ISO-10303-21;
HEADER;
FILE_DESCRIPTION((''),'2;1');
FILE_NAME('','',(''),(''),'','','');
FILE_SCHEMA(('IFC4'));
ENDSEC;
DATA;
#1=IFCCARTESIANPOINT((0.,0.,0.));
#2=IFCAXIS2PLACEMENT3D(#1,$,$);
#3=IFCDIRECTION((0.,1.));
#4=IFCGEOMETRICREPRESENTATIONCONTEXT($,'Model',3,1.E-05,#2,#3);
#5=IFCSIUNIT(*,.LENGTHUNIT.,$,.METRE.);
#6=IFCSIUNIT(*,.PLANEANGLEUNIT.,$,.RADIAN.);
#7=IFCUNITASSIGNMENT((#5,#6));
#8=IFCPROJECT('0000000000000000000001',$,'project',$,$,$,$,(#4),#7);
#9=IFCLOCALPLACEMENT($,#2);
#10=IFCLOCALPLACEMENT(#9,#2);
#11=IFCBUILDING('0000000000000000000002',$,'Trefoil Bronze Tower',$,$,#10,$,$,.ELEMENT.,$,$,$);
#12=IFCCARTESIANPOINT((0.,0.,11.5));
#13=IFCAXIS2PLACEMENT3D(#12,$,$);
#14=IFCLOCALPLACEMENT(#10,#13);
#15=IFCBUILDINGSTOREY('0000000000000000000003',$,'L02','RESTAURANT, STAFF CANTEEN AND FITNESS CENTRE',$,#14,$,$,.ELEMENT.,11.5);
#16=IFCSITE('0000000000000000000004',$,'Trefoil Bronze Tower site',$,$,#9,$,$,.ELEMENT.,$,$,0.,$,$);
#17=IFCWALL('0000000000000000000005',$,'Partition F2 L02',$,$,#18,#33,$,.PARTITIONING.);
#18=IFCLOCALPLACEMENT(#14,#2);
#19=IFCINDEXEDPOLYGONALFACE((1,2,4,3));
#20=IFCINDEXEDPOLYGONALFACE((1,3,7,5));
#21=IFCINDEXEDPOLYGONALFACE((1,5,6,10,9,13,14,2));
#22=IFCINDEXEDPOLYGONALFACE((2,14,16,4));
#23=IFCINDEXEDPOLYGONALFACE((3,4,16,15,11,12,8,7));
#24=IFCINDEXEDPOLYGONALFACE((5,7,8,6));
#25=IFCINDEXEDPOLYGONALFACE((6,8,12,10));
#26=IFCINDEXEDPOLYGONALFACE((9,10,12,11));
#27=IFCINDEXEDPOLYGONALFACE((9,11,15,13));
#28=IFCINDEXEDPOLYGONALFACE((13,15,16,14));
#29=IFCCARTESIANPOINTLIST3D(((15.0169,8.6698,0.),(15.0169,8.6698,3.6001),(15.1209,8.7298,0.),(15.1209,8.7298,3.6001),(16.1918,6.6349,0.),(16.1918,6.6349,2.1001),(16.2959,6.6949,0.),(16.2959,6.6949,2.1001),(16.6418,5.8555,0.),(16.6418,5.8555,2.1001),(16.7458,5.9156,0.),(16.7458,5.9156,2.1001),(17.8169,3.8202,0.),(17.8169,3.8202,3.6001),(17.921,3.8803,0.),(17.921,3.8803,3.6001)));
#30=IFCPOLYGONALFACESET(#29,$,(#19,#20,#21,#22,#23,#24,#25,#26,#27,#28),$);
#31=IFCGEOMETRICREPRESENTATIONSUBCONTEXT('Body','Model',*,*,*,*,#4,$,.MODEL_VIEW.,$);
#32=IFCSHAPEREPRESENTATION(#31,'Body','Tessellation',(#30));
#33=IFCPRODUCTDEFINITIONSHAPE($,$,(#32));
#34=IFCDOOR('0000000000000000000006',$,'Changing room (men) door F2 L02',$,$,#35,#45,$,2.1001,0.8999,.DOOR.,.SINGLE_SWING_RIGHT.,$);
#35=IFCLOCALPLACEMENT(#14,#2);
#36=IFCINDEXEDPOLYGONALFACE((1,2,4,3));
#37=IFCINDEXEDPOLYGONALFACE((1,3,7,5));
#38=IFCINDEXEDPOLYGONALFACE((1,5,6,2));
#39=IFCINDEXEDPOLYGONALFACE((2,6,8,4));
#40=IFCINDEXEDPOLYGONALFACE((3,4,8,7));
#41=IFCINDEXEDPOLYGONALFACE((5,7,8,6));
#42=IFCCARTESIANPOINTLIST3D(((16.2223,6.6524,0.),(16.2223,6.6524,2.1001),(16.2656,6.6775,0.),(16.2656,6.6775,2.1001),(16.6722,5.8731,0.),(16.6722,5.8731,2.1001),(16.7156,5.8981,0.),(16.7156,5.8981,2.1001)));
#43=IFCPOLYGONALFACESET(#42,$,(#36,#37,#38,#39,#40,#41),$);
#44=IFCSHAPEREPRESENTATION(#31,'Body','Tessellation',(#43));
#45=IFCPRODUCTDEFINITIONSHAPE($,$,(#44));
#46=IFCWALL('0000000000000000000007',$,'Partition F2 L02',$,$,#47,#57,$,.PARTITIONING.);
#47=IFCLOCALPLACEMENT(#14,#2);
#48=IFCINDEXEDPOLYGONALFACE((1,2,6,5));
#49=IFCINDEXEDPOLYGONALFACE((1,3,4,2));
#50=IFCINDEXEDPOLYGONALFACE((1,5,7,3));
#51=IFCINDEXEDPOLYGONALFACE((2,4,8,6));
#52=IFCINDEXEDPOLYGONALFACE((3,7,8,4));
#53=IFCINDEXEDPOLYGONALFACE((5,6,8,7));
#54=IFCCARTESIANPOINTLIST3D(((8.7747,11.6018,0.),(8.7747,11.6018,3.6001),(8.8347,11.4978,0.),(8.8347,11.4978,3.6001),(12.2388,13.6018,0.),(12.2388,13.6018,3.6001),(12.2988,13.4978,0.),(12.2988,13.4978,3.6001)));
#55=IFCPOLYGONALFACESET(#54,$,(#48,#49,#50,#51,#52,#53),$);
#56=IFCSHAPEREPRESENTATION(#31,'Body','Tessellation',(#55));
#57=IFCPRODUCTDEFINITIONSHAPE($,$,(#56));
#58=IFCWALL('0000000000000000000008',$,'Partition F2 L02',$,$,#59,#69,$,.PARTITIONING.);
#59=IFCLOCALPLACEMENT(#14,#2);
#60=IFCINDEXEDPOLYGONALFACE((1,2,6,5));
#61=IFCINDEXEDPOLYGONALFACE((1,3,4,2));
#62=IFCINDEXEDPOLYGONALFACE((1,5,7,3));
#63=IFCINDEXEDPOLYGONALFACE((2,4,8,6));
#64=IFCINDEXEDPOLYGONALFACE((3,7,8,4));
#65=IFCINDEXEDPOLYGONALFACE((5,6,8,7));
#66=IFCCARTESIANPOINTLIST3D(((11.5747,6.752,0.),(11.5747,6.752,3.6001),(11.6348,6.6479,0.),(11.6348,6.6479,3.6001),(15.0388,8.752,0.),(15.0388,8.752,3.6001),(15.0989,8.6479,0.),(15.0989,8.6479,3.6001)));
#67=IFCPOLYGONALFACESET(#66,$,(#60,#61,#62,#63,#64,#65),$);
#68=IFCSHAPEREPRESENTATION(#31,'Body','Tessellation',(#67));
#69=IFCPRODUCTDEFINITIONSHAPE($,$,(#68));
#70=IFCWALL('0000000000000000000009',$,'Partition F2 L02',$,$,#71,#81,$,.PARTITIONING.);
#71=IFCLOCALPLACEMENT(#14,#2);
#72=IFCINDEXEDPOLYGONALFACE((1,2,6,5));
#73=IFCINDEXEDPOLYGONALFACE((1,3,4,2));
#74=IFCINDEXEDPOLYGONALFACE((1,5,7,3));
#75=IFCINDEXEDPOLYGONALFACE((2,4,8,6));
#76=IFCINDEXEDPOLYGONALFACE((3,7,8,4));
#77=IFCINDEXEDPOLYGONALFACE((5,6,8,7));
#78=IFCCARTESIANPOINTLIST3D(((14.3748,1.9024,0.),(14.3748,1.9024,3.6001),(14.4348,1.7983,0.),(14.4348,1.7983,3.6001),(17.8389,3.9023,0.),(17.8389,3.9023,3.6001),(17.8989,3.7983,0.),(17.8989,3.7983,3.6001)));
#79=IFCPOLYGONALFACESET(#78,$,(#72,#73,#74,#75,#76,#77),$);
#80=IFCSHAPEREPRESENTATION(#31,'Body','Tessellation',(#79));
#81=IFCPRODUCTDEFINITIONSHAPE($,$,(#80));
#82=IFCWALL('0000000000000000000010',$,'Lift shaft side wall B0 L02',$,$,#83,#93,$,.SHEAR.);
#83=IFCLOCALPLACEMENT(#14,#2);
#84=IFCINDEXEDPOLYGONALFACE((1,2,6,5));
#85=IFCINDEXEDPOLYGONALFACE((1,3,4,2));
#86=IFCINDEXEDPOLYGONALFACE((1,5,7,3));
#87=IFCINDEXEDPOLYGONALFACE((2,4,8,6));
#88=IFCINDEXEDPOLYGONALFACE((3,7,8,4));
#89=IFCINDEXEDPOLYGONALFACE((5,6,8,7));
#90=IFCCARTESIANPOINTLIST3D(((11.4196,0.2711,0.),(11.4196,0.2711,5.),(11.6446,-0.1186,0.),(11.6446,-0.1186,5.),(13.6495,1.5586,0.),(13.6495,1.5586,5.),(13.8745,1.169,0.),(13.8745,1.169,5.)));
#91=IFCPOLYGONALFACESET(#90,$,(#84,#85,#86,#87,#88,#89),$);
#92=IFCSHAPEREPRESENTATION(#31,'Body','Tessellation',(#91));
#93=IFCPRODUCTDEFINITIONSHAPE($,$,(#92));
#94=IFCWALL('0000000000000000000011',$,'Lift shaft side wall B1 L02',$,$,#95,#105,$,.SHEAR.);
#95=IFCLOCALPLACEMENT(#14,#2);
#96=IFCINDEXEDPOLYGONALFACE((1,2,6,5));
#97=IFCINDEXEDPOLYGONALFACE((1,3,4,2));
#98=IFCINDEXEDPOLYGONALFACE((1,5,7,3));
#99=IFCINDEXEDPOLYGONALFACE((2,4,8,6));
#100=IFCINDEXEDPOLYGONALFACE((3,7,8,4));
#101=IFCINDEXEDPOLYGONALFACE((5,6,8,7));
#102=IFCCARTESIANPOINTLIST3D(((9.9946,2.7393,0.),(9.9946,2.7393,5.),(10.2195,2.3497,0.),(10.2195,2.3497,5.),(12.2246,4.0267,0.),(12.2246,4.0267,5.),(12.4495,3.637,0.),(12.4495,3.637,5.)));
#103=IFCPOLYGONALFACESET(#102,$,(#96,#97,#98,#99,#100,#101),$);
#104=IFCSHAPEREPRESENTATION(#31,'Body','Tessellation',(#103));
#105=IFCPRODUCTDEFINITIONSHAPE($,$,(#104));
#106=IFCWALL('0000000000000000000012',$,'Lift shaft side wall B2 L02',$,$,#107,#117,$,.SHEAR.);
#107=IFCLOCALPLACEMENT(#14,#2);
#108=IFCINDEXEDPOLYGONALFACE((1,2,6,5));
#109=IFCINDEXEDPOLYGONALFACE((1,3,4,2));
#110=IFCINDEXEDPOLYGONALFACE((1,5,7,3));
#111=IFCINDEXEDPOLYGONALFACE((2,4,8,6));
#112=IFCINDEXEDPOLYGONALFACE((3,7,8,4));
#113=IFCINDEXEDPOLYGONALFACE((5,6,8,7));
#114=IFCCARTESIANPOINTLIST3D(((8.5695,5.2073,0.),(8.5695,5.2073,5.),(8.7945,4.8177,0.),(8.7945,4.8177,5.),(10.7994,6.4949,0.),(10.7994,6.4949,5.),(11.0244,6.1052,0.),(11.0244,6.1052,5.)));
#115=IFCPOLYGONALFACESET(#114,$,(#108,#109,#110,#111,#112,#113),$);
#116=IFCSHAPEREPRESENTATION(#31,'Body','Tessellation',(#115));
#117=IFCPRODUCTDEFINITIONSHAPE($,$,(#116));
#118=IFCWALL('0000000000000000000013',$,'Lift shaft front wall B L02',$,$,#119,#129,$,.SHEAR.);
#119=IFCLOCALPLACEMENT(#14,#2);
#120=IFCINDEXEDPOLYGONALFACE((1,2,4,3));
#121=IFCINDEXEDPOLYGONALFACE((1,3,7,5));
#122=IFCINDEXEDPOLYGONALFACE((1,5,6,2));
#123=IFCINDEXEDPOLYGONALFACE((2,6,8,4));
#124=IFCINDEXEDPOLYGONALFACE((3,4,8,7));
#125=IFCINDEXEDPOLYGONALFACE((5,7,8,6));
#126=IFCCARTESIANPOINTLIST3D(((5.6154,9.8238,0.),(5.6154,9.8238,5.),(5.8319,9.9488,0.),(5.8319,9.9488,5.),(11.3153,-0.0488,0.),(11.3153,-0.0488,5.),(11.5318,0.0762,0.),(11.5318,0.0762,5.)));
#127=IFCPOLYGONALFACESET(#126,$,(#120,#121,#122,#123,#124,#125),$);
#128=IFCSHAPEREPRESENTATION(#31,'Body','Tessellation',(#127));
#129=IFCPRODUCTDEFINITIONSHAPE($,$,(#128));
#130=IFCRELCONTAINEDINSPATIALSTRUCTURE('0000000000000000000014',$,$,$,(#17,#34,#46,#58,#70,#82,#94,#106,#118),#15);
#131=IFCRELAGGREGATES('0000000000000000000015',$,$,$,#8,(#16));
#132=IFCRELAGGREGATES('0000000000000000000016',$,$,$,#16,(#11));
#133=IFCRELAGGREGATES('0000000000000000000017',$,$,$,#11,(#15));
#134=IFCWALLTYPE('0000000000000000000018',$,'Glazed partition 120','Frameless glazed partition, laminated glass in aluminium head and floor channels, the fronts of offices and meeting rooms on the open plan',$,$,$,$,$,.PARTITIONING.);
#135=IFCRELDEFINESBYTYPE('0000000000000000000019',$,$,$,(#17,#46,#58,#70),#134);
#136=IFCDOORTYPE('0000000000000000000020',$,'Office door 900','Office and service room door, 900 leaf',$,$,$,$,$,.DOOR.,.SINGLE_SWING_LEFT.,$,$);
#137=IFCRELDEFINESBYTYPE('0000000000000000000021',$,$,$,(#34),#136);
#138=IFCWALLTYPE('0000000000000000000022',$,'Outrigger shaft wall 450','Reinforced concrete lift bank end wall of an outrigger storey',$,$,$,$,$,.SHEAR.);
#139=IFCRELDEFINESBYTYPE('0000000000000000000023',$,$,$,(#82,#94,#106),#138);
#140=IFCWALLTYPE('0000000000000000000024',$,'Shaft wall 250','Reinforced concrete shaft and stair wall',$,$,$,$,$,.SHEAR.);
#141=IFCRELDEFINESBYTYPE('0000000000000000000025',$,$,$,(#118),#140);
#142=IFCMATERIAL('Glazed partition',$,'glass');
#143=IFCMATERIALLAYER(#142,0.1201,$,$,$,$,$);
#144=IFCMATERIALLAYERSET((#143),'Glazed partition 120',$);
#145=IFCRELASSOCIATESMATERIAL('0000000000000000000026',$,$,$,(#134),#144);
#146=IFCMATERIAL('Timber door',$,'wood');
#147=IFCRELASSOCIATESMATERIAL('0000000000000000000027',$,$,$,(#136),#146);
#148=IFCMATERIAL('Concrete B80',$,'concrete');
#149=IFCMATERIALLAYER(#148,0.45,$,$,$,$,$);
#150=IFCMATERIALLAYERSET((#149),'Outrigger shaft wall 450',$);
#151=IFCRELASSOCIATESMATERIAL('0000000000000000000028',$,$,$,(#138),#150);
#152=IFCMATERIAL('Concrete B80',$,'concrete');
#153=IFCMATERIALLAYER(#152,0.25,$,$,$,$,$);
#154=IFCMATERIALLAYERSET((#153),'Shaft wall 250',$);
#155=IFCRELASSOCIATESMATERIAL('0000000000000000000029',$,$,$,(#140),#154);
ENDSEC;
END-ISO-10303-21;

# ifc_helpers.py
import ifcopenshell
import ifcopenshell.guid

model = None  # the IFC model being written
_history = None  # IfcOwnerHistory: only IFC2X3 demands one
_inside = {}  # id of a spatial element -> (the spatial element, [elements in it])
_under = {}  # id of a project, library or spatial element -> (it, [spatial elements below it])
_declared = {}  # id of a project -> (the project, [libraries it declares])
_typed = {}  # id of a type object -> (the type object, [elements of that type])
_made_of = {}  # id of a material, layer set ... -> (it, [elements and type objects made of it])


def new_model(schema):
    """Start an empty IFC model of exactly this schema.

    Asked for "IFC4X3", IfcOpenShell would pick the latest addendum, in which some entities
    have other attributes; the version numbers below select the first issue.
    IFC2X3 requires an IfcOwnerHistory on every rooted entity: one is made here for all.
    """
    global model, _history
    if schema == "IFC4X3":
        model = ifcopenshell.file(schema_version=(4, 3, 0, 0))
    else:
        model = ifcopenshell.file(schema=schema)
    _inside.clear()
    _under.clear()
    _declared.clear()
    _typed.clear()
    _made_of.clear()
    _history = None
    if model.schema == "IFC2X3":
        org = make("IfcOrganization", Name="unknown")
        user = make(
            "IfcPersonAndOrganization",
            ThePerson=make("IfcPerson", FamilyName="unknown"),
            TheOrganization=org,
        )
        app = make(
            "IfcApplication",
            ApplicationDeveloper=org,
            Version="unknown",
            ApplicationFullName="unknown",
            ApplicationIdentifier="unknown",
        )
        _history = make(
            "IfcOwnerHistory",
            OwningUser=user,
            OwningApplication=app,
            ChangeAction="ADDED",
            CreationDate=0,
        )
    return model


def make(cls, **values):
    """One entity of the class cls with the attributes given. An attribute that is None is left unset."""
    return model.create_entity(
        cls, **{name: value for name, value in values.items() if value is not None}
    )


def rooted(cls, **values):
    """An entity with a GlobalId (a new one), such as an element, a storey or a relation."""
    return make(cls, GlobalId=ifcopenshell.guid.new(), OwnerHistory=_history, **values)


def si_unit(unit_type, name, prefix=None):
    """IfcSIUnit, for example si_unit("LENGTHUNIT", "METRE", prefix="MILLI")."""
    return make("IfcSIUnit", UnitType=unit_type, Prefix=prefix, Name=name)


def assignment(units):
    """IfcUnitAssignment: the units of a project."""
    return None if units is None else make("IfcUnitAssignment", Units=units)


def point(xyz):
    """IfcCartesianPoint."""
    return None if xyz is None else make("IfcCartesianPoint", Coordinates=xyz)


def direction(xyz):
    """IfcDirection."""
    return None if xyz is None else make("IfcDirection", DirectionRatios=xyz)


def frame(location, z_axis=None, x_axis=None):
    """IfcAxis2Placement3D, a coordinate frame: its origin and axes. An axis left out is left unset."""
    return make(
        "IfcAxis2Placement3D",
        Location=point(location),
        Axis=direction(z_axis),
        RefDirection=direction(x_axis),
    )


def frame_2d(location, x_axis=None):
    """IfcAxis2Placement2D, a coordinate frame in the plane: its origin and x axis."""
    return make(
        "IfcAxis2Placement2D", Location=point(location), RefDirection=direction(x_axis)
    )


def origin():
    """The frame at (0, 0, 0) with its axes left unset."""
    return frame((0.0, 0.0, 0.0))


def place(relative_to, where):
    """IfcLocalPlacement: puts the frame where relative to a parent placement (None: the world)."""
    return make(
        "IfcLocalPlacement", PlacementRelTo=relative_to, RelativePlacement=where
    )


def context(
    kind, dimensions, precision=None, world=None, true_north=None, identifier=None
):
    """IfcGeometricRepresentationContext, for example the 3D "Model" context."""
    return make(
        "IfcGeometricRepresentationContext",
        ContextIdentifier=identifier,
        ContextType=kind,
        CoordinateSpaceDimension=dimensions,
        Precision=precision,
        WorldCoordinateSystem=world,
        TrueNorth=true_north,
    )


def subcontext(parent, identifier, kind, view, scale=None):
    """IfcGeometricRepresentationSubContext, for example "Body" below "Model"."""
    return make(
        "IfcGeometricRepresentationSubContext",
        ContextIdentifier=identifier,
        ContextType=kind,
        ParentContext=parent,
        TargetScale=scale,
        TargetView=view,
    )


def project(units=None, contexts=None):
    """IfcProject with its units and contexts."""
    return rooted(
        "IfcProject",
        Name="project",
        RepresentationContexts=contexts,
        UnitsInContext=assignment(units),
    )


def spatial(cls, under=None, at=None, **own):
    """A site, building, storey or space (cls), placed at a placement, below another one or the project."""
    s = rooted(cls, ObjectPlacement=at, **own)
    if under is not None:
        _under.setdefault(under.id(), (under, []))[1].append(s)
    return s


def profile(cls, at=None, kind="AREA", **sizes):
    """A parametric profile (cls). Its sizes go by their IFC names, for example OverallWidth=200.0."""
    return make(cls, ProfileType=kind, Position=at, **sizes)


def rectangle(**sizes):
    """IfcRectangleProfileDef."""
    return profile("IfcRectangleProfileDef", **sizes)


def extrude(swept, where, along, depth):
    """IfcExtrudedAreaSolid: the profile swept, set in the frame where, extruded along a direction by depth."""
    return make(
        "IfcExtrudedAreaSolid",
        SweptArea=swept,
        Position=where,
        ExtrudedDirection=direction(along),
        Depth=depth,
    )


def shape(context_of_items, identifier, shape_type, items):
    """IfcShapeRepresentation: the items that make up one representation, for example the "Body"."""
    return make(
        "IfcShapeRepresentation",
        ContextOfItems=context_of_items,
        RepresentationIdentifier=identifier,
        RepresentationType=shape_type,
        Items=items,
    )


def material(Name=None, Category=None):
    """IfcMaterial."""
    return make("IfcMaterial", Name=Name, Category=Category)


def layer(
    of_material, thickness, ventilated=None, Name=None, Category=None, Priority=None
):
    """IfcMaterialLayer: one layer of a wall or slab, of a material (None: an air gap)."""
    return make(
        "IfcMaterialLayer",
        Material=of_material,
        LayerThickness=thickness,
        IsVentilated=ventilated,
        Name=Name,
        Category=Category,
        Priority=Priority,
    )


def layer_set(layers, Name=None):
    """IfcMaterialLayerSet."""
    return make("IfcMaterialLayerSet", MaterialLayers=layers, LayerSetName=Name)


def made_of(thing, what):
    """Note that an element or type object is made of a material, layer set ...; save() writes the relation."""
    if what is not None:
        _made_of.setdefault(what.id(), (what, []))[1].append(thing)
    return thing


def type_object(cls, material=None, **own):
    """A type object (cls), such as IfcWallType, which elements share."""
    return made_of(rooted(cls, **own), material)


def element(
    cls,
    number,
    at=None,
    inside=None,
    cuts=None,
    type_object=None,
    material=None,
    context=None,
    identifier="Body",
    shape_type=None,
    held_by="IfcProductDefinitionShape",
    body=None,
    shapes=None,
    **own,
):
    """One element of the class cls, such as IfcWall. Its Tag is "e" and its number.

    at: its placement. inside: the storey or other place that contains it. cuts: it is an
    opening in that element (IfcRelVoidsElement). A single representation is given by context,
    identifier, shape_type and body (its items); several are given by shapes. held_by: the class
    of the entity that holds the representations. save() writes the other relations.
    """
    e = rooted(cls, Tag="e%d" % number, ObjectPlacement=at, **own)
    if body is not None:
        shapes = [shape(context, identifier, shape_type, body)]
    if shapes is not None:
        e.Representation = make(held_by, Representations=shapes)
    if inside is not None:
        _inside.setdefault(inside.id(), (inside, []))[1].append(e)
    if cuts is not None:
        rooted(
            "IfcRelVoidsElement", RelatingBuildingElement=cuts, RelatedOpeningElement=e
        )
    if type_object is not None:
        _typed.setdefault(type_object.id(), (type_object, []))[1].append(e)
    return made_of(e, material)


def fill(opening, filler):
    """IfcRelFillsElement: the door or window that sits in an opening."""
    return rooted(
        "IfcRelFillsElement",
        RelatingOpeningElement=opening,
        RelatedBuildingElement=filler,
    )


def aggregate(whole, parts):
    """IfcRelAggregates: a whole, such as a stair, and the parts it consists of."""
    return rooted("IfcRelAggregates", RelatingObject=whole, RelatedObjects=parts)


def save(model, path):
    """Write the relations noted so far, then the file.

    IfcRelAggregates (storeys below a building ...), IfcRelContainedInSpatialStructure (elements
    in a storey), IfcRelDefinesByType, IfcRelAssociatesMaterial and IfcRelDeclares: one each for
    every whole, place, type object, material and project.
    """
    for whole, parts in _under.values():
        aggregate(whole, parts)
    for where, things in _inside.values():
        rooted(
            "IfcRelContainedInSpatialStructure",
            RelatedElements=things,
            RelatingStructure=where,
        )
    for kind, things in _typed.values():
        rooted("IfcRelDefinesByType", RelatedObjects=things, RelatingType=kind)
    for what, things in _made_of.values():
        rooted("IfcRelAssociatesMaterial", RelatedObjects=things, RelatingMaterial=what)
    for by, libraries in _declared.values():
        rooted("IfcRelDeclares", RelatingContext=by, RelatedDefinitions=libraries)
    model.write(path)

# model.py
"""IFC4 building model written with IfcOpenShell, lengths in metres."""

from ifc_helpers import new_model, si_unit, direction, frame, frame_2d, origin, place, context, subcontext, project, spatial, rectangle, extrude, material, layer, layer_set, type_object, element, fill, save


model = new_model("IFC4")

# Units and contexts
model_context = context("Model", 3, precision=1e-05, world=origin(), true_north=direction((0.0, 1.0)))
body_context = subcontext(model_context, "Body", "Model", "MODEL_VIEW")
ifc_project = project(units=[si_unit("LENGTHUNIT", "METRE"), si_unit("PLANEANGLEUNIT", "RADIAN")], contexts=[model_context])

# Site, building, storey
site_placement = place(None, origin())
site = spatial("IfcSite", under=ifc_project, at=site_placement, Name="Trefoil Bronze Tower site", CompositionType="ELEMENT", RefElevation=0.0)
building_placement = place(site_placement, origin())
building = spatial("IfcBuilding", under=site, at=building_placement, Name="Trefoil Bronze Tower", CompositionType="ELEMENT")
storey_placement = place(building_placement, frame((0.0, 0.0, 11.5)))
storey = spatial("IfcBuildingStorey", under=building, at=storey_placement, Name="L02", Description="RESTAURANT, STAFF CANTEEN AND FITNESS CENTRE", CompositionType="ELEMENT", Elevation=11.5)

# Wall, opening, door
ifc_material_1 = material(Name="Glazed partition", Category="glass")
ifc_layer_1 = layer(ifc_material_1, 0.1201)
ifc_layer_set_1 = layer_set([ifc_layer_1], Name="Glazed partition 120")
wall_type_1 = type_object("IfcWallType", Name="Glazed partition 120", Description="Frameless glazed partition, laminated glass in aluminium head and floor channels, the fronts of offices and meeting rooms on the open plan", PredefinedType="PARTITIONING", material=ifc_layer_set_1)
ifc_material_2 = material(Name="Timber door", Category="wood")
door_type = type_object("IfcDoorType", Name="Office door 900", Description="Office and service room door, 900 leaf", OperationType="SINGLE_SWING_LEFT", PredefinedType="DOOR", material=ifc_material_2)
wall_1_placement = place(storey_placement, frame((17.8689, 3.8503, 0.0), z_axis=(0.0, 0.0, 1.0), x_axis=(-0.500017, 0.866016, 0.0)))
wall_1 = element("IfcWall", 1, at=wall_1_placement, inside=storey, type_object=wall_type_1, Name="Partition F2 L02", PredefinedType="PARTITIONING", context=body_context, shape_type="SweptSolid", body=[
    extrude(rectangle(XDim=5.5999, YDim=0.1201, at=frame_2d((2.7998, 0.0))), origin(), (0.0, 0.0, 1.0), 3.6001),
])
opening_1_placement = place(wall_1_placement, frame((2.3501, 0.0, 0.0)))
opening_1 = element("IfcOpeningElement", 2, at=opening_1_placement, cuts=wall_1, PredefinedType="OPENING", context=body_context, shape_type="SweptSolid", body=[
    extrude(rectangle(XDim=0.8999, YDim=2.1001, at=frame_2d((0.45, 1.05))), frame((0.0, 0.0701, 0.0), z_axis=(0.0, -1.0, 0.0), x_axis=(1.0, 0.0, 0.0)), (0.0, 0.0, 1.0), 0.1401),
])
door_1_placement = place(opening_1_placement, origin())
door_1 = element("IfcDoor", 3, at=door_1_placement, inside=storey, type_object=door_type, Name="Changing room (men) door F2 L02", OperationType="SINGLE_SWING_RIGHT", OverallHeight=2.1001, OverallWidth=0.8999, PredefinedType="DOOR", context=body_context, shape_type="SweptSolid", body=[
    extrude(rectangle(XDim=0.8999, YDim=2.1001, at=frame_2d((0.45, 1.05))), frame((0.0, 0.0249, 0.0), z_axis=(0.0, -1.0, 0.0), x_axis=(1.0, 0.0, 0.0)), (0.0, 0.0, 1.0), 0.05),
])
fill(opening_1, door_1)

# Walls
for number, where, z_axis, x_axis, name in (
    (4, (8.8047, 11.5498, 0.0), (0.0, 0.0, 1.0), (0.866026, 0.499999, 0.0), "Partition F2 L02"),
    (5, (11.6047, 6.7, 0.0), (0.0, 0.0, 1.0), (0.866026, 0.499999, 0.0), "Partition F2 L02"),
    (6, (14.4048, 1.8503, 0.0), (0.0, 0.0, 1.0), (0.866026, 0.499999, 0.0), "Partition F2 L02"),
):
    element("IfcWall", number, at=place(storey_placement, frame(where, z_axis=z_axis, x_axis=x_axis)), inside=storey, type_object=wall_type_1, Name=name, PredefinedType="PARTITIONING", context=body_context, shape_type="SweptSolid", body=[
        extrude(rectangle(XDim=4.0, YDim=0.1201, at=frame_2d((2.0, 0.0))), origin(), (0.0, 0.0, 1.0), 3.6001),
    ])
ifc_material_3 = material(Name="Concrete B80", Category="concrete")
ifc_layer_2 = layer(ifc_material_3, 0.45)
ifc_layer_set_2 = layer_set([ifc_layer_2], Name="Outrigger shaft wall 450")
wall_type_2 = type_object("IfcWallType", Name="Outrigger shaft wall 450", Description="Reinforced concrete lift bank end wall of an outrigger storey", PredefinedType="SHEAR", material=ifc_layer_set_2)
for number, where, z_axis, x_axis, name in (
    (7, (11.532, 0.0762, 0.0), (0.0, 0.0, 1.0), (0.866006, 0.500034, 0.0), "Lift shaft side wall B0 L02"),
    (8, (10.1069, 2.5444, 0.0), (0.0, 0.0, 1.0), (0.866047, 0.499963, 0.0), "Lift shaft side wall B1 L02"),
    (9, (8.6819, 5.0125, 0.0), (0.0, 0.0, 1.0), (0.866006, 0.500034, 0.0), "Lift shaft side wall B2 L02"),
):
    element("IfcWall", number, at=place(storey_placement, frame(where, z_axis=z_axis, x_axis=x_axis)), inside=storey, type_object=wall_type_2, Name=name, PredefinedType="SHEAR", context=body_context, shape_type="SweptSolid", body=[
        extrude(rectangle(XDim=2.575, YDim=0.45, at=frame_2d((1.2876, 0.0))), origin(), (0.0, 0.0, 1.0), 5.0),
    ])
ifc_material_4 = material(Name="Concrete B80", Category="concrete")
ifc_layer_3 = layer(ifc_material_4, 0.25)
ifc_layer_set_3 = layer_set([ifc_layer_3], Name="Shaft wall 250")
wall_type_3 = type_object("IfcWallType", Name="Shaft wall 250", Description="Reinforced concrete shaft and stair wall", PredefinedType="SHEAR", material=ifc_layer_set_3)
wall_2_placement = place(storey_placement, frame((11.4236, 0.0137, 0.0), z_axis=(0.0, 0.0, 1.0), x_axis=(-0.500002, 0.866024, 0.0)))
element("IfcWall", 10, at=wall_2_placement, inside=storey, type_object=wall_type_3, Name="Lift shaft front wall B L02", PredefinedType="SHEAR", context=body_context, shape_type="SweptSolid", body=[
    extrude(rectangle(XDim=11.3999, YDim=0.25, at=frame_2d((5.7, 0.0))), origin(), (0.0, 0.0, 1.0), 5.0),
])

save(model, "model.ifc")
